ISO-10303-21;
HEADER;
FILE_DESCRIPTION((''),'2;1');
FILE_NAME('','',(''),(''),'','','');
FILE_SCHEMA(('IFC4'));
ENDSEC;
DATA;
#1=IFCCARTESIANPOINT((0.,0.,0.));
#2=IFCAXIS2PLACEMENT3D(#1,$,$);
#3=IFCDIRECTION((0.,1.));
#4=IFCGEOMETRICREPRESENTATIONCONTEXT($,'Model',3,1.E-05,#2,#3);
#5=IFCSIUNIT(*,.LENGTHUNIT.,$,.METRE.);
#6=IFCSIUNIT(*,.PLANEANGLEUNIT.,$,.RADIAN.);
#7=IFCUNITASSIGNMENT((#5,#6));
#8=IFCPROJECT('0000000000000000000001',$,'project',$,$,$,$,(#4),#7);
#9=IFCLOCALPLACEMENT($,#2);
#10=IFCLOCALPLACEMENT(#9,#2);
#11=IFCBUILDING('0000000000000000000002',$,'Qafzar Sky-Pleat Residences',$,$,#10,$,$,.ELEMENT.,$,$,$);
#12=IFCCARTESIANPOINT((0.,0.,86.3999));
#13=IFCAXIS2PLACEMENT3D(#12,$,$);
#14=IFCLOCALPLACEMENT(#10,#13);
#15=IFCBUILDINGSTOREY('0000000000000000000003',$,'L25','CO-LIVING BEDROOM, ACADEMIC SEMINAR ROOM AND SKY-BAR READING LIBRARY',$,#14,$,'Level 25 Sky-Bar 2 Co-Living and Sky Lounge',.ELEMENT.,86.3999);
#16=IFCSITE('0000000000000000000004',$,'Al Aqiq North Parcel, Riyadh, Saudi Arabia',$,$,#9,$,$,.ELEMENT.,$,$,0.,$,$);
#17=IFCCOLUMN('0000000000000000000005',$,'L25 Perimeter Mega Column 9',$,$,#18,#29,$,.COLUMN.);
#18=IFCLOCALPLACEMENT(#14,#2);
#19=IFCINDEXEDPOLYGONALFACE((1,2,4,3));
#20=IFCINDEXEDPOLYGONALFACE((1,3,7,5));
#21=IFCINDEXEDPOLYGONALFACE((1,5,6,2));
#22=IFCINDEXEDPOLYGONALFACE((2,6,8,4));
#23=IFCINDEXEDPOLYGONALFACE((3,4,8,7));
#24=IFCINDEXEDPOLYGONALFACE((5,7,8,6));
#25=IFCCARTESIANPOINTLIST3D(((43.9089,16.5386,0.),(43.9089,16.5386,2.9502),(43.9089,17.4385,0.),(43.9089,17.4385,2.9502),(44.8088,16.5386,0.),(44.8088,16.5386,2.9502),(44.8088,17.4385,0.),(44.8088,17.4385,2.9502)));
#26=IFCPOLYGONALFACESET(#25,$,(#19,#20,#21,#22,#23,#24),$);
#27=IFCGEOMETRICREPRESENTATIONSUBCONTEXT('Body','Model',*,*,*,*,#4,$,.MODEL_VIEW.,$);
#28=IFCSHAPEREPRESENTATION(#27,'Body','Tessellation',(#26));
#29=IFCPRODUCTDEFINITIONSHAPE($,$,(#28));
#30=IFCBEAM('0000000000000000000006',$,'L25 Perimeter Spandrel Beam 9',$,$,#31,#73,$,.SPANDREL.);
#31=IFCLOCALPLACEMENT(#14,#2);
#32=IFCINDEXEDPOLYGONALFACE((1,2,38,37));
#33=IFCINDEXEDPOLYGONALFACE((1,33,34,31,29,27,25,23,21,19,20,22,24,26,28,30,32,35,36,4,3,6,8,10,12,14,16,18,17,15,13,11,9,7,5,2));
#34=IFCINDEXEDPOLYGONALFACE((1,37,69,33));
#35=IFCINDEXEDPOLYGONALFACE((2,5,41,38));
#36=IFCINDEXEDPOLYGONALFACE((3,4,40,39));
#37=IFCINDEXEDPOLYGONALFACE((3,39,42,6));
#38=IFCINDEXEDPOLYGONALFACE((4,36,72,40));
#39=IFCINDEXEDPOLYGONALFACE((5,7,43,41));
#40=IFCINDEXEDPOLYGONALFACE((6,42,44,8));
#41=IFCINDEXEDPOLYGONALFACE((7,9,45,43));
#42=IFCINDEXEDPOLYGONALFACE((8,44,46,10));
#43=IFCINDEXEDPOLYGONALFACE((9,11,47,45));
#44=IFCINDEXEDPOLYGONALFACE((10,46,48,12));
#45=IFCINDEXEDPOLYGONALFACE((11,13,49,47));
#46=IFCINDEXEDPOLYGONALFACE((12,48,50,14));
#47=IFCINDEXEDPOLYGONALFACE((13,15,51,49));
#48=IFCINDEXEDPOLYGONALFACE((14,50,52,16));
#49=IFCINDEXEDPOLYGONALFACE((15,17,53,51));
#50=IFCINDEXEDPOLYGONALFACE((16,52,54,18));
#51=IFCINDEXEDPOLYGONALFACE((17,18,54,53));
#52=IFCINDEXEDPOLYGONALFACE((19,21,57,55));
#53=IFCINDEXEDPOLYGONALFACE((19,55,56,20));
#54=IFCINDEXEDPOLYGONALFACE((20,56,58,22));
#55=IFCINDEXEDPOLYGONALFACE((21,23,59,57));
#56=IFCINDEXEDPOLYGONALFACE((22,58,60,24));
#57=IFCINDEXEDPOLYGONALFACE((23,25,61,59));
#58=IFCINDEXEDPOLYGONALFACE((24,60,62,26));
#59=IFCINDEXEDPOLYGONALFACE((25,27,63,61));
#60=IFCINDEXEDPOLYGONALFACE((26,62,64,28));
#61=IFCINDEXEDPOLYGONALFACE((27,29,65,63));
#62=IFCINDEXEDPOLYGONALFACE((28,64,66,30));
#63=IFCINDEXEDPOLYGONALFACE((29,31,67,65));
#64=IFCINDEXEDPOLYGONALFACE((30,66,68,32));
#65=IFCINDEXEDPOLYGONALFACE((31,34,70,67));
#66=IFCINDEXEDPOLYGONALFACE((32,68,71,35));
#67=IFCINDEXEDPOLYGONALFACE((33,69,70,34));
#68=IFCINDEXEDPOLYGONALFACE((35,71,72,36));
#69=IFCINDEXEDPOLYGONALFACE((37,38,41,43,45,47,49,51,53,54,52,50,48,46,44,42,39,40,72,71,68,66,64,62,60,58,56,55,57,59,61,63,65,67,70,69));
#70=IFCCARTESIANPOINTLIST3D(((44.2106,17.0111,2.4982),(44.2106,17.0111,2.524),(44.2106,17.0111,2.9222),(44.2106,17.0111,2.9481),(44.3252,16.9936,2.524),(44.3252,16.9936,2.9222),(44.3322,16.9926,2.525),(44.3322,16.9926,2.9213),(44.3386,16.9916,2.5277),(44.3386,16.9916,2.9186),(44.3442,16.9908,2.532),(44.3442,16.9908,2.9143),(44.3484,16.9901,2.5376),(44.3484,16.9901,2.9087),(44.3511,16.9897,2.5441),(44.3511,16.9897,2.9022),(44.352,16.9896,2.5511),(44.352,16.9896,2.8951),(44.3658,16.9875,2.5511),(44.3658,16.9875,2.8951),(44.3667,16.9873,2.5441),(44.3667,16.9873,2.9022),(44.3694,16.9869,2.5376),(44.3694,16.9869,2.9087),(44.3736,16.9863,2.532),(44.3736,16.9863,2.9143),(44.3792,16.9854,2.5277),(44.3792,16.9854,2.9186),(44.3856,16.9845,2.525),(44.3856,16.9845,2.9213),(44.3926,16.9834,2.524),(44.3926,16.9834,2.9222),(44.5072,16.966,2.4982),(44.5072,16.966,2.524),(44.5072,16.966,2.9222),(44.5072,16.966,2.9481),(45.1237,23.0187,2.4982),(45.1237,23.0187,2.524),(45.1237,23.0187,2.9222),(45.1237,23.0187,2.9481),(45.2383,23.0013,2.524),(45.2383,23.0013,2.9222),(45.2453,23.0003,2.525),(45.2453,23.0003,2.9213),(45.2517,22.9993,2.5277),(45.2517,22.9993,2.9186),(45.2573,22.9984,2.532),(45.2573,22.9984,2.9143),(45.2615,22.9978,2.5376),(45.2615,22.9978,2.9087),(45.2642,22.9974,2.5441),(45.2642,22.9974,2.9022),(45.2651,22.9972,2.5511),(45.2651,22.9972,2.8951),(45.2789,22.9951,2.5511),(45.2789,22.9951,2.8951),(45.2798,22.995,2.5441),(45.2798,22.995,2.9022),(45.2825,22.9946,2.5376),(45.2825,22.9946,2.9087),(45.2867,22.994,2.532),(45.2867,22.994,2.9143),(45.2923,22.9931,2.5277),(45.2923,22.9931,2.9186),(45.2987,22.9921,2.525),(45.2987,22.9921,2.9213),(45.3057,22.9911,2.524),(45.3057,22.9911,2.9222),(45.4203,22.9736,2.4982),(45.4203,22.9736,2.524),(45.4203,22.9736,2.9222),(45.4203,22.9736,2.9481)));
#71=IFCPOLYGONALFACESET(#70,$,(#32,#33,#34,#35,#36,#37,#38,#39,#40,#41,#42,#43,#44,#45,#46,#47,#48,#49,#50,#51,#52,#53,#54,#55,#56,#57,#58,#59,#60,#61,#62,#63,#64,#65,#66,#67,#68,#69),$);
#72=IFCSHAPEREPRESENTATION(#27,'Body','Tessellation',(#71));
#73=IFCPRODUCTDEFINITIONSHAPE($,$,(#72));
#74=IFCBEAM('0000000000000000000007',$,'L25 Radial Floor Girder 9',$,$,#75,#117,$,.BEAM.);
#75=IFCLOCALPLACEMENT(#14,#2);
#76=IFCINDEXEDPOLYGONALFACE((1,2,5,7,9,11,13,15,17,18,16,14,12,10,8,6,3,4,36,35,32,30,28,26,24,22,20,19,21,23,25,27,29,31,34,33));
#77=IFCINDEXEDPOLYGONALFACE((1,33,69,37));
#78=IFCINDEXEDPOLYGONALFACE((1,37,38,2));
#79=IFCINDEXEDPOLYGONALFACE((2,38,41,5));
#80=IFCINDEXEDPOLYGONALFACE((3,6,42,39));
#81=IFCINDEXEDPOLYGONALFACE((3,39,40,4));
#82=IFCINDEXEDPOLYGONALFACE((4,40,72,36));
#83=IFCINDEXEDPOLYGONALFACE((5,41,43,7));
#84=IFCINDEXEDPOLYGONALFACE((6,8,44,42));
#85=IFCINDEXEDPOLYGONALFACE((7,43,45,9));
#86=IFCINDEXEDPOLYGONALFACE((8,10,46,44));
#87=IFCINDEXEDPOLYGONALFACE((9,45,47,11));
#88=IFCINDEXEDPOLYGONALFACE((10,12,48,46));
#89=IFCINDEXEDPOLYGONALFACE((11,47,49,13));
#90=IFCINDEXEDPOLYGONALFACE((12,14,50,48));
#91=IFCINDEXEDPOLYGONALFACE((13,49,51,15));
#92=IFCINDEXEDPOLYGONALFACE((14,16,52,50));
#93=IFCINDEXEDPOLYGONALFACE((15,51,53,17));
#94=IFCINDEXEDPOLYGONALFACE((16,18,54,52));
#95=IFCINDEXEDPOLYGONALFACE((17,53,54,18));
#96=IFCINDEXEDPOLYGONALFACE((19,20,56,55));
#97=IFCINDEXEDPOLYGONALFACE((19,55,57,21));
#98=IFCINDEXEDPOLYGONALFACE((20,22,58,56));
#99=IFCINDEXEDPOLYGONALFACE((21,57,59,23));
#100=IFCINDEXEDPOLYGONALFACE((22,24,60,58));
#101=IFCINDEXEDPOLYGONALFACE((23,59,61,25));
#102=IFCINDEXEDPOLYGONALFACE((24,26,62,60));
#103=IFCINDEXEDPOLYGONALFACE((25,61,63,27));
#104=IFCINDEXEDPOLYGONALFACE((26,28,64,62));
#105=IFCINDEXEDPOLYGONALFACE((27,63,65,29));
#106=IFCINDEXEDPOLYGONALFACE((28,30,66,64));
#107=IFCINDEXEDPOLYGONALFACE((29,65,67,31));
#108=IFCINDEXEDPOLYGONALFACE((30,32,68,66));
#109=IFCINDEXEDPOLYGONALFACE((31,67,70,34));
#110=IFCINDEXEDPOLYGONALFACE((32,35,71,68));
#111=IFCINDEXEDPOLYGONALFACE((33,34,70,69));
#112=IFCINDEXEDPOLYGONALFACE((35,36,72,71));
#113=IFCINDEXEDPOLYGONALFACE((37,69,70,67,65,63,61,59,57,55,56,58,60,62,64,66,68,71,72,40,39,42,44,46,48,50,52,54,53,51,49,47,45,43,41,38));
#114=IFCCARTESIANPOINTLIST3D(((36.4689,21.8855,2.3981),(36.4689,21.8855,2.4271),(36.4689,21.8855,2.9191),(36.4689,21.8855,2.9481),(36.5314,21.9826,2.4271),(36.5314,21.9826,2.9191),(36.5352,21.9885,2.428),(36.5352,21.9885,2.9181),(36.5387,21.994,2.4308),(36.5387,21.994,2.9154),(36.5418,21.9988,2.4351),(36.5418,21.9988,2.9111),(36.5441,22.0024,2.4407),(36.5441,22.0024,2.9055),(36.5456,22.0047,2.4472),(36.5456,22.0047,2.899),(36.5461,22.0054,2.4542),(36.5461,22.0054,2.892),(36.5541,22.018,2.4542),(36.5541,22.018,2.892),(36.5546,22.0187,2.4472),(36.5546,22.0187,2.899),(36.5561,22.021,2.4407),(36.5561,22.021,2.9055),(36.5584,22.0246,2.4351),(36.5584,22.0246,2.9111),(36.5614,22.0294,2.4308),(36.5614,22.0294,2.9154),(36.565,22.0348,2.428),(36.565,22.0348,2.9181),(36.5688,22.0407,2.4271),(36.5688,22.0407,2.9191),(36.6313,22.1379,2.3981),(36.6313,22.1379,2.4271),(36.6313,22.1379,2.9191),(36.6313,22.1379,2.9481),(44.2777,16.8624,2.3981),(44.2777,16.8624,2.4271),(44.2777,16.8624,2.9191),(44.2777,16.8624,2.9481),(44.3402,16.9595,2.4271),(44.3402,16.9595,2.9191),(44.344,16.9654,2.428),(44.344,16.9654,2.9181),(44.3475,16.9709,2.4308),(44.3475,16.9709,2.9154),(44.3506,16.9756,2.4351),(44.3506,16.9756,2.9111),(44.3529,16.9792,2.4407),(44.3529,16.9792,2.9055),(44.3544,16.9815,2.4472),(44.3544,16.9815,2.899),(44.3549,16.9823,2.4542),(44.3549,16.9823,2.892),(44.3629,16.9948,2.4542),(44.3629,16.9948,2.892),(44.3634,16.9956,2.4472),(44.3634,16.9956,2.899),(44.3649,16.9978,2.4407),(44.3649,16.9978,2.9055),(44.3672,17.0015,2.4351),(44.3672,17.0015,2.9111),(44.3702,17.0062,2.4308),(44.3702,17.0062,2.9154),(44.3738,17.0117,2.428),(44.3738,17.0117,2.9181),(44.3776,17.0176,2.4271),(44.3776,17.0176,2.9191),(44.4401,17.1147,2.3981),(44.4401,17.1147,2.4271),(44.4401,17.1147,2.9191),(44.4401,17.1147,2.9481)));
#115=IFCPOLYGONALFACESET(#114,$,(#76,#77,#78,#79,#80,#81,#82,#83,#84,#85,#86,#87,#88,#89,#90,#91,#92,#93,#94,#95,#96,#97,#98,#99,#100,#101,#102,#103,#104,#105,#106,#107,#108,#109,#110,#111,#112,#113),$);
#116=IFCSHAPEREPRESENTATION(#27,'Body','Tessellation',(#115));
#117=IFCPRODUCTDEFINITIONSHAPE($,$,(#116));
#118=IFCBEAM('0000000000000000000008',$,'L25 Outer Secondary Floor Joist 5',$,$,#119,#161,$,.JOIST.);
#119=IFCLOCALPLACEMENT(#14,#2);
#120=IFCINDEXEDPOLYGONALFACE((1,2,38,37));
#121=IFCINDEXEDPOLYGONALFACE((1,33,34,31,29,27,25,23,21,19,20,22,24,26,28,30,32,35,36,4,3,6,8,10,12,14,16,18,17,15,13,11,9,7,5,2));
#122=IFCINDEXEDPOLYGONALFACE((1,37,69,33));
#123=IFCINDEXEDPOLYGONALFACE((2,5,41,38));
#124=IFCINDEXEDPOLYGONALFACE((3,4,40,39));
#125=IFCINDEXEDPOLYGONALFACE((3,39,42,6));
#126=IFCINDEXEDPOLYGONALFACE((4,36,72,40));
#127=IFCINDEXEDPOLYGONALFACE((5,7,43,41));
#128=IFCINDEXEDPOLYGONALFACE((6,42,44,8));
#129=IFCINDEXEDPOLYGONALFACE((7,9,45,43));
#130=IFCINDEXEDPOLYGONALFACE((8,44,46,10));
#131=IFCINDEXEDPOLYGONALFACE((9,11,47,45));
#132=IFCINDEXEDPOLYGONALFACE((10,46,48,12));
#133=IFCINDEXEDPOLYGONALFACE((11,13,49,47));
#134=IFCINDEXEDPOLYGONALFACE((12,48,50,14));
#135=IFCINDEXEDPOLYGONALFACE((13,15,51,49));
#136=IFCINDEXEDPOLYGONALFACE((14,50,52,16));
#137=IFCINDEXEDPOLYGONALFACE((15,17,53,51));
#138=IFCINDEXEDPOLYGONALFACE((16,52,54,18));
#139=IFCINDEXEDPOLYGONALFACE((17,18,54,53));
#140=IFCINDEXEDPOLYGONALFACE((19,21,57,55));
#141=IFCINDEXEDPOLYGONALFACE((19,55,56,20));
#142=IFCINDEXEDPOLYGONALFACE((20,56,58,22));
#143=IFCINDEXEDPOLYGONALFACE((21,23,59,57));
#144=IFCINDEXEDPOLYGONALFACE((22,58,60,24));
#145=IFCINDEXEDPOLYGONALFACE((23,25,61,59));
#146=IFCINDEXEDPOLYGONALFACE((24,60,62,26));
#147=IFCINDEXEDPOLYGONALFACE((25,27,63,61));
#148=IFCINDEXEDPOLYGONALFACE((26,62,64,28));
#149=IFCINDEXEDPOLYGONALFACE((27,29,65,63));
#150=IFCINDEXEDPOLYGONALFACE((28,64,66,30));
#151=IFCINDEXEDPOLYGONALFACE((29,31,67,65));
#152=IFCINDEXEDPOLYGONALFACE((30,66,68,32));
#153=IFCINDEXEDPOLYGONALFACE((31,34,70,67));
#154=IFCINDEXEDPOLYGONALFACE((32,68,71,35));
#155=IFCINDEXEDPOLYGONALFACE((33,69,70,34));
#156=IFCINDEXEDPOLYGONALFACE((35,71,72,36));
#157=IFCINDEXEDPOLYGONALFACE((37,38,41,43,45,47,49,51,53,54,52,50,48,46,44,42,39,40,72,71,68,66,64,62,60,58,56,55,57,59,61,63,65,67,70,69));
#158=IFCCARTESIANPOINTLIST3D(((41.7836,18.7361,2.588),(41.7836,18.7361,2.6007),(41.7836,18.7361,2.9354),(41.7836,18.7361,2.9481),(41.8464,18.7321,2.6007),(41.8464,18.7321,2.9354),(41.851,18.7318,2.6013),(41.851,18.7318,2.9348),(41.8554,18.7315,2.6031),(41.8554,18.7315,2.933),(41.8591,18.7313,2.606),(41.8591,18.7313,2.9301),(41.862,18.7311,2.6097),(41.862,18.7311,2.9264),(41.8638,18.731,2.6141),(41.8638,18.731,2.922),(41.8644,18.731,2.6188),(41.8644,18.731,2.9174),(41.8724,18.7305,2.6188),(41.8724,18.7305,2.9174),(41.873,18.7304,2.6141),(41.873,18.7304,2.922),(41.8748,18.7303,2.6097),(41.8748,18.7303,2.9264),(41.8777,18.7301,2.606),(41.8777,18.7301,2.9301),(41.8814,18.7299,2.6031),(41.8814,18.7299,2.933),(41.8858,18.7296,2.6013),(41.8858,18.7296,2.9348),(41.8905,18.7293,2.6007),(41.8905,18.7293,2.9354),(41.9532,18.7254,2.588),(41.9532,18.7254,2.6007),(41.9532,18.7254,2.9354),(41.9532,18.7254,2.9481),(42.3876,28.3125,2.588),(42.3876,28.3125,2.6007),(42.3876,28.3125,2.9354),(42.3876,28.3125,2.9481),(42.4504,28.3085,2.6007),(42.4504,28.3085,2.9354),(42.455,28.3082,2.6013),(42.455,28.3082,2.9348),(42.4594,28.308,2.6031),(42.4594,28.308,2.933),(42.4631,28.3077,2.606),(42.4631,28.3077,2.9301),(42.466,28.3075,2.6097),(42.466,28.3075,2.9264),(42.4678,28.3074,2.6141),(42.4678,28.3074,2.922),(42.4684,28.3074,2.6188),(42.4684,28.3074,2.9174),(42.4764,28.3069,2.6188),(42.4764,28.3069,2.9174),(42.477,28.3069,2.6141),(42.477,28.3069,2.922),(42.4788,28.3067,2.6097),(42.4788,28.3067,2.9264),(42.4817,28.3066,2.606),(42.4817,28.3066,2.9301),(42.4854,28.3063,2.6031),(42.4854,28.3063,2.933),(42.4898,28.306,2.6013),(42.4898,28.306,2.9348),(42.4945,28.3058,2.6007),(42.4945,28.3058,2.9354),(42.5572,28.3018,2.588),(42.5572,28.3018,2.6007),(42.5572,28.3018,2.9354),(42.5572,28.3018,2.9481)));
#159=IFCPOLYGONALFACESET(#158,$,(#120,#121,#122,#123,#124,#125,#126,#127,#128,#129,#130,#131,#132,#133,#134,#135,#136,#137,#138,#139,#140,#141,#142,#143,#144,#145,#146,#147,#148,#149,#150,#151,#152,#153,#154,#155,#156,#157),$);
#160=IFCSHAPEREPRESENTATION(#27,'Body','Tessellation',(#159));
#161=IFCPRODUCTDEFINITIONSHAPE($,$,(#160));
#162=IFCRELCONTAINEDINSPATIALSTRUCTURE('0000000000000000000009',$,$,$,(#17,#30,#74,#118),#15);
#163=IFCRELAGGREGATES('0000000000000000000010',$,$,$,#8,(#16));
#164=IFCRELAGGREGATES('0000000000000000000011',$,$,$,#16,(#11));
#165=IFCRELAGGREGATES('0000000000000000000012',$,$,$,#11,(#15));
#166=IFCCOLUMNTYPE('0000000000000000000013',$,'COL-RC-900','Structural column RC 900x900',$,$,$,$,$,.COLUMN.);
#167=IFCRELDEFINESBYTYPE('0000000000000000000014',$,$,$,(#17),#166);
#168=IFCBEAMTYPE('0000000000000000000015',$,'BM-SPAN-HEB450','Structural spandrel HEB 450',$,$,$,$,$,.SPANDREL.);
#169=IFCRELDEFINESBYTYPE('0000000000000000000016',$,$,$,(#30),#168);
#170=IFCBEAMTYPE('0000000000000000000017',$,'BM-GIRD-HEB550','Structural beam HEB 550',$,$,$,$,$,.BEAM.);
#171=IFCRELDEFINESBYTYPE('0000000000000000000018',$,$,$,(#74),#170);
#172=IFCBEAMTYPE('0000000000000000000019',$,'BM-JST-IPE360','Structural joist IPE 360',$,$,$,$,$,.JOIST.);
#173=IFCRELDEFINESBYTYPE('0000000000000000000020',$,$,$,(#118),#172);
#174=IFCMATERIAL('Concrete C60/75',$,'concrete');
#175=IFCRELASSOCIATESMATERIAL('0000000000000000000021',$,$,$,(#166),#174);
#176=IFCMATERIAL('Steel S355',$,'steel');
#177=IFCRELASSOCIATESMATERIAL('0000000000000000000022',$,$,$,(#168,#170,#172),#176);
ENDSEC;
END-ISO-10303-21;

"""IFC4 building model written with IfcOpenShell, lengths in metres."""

from ifc_helpers import new_model, si_unit, direction, frame, origin, origin_2d, place, context, subcontext, project, spatial, rectangle, i_section, extrude, source, transform, mapped, material, material_profile, profile_set, type_object, element, save


model = new_model("IFC4")

# Units and contexts
model_context = context("Model", 3, precision=1e-05, world=origin(), true_north=direction((0.0, 1.0)))
body_context = subcontext(model_context, "Body", "Model", "MODEL_VIEW")
ifc_project = project(units=[si_unit("LENGTHUNIT", "METRE"), si_unit("PLANEANGLEUNIT", "RADIAN")], contexts=[model_context])

# Site, building, storey
site_placement = place(None, origin())
site = spatial("IfcSite", under=ifc_project, at=site_placement, Name="Al Aqiq North Parcel, Riyadh, Saudi Arabia", CompositionType="ELEMENT", RefElevation=0.0)
building_placement = place(site_placement, origin())
building = spatial("IfcBuilding", under=site, at=building_placement, Name="Qafzar Sky-Pleat Residences", CompositionType="ELEMENT")
storey_placement = place(building_placement, frame((0.0, 0.0, 86.3999)))
storey = spatial("IfcBuildingStorey", under=building, at=storey_placement, Name="L25", Description="CO-LIVING BEDROOM, ACADEMIC SEMINAR ROOM AND SKY-BAR READING LIBRARY", LongName="Level 25 Sky-Bar 2 Co-Living and Sky Lounge", CompositionType="ELEMENT", Elevation=86.3999)

# Column
ifc_material_1 = material(Name="Concrete C60/75", Category="concrete")
ifc_material_profile_1 = material_profile(ifc_material_1, rectangle(XDim=0.8999, YDim=0.8999, at=origin_2d()), Name="RC 900x900")
ifc_profile_set_1 = profile_set([ifc_material_profile_1], Name="Concrete C60/75")
column_type = type_object("IfcColumnType", Name="COL-RC-900", Description="Structural column RC 900x900", PredefinedType="COLUMN", material=ifc_profile_set_1)
shared_shape_1 = source(origin(), body_context, "Body", "SweptSolid", [
    extrude(rectangle(XDim=0.8999, YDim=0.8999, at=origin_2d()), origin(), (0.0, 0.0, 1.0), 2.9502),
])
column_placement = place(storey_placement, frame((44.3589, 16.9885, 0.0), z_axis=(0.0, 0.0, 1.0), x_axis=(1.0, 0.0, 0.0)))
element("IfcColumn", 1, at=column_placement, inside=storey, type_object=column_type, Name="L25 Perimeter Mega Column 9", PredefinedType="COLUMN", context=body_context, shape_type="MappedRepresentation", body=[
    mapped(shared_shape_1, transform((0.0, 0.0, 0.0), x_axis=(1.0, 0.0, 0.0), y_axis=(0.0, 1.0, 0.0), z_axis=(0.0, 0.0, 1.0), scale=1.0)),
])

# Beams
ifc_material_2 = material(Name="Steel S355", Category="steel")
ifc_material_profile_2 = material_profile(ifc_material_2, i_section(OverallWidth=0.3, OverallDepth=0.45, WebThickness=0.0139, FlangeThickness=0.0259, FilletRadius=0.0271, at=origin_2d()), Name="HEB 450")
ifc_profile_set_2 = profile_set([ifc_material_profile_2], Name="Steel S355")
beam_type_1 = type_object("IfcBeamType", Name="BM-SPAN-HEB450", Description="Structural spandrel HEB 450", PredefinedType="SPANDREL", material=ifc_profile_set_2)
shared_shape_2 = source(origin(), body_context, "Body", "SweptSolid", [
    extrude(i_section(OverallWidth=0.3, OverallDepth=0.45, WebThickness=0.0139, FlangeThickness=0.0259, FilletRadius=0.0271, at=origin_2d()), origin(), (0.0, 0.0, 1.0), 6.0767),
])
beam_1_placement = place(storey_placement, frame((44.3589, 16.9885, 2.7231), z_axis=(0.150264, 0.988646, 0.0), x_axis=(-0.988646, 0.150264, 0.0)))
element("IfcBeam", 2, at=beam_1_placement, inside=storey, type_object=beam_type_1, Name="L25 Perimeter Spandrel Beam 9", PredefinedType="SPANDREL", context=body_context, shape_type="MappedRepresentation", body=[
    mapped(shared_shape_2, transform((0.0, 0.0, 0.0), x_axis=(1.0, 0.0, 0.0), y_axis=(0.0, 1.0, 0.0), z_axis=(0.0, 0.0, 1.0), scale=1.0)),
])
ifc_material_profile_3 = material_profile(ifc_material_2, i_section(OverallWidth=0.3, OverallDepth=0.55, WebThickness=0.0149, FlangeThickness=0.0291, FilletRadius=0.0271, at=origin_2d()), Name="HEB 550")
ifc_profile_set_3 = profile_set([ifc_material_profile_3], Name="Steel S355")
beam_type_2 = type_object("IfcBeamType", Name="BM-GIRD-HEB550", Description="Structural beam HEB 550", PredefinedType="BEAM", material=ifc_profile_set_3)
shared_shape_3 = source(origin(), body_context, "Body", "SweptSolid", [
    extrude(i_section(OverallWidth=0.3, OverallDepth=0.55, WebThickness=0.0149, FlangeThickness=0.0291, FilletRadius=0.0271, at=origin_2d()), origin(), (0.0, 0.0, 1.0), 9.2849),
])
beam_2_placement = place(storey_placement, frame((44.3589, 16.9885, 2.6731), z_axis=(-0.84102, 0.541003, 0.0), x_axis=(-0.541003, -0.84102, 0.0)))
element("IfcBeam", 3, at=beam_2_placement, inside=storey, type_object=beam_type_2, Name="L25 Radial Floor Girder 9", PredefinedType="BEAM", context=body_context, shape_type="MappedRepresentation", body=[
    mapped(shared_shape_3, transform((0.0, 0.0, 0.0), x_axis=(1.0, 0.0, 0.0), y_axis=(0.0, 1.0, 0.0), z_axis=(0.0, 0.0, 1.0), scale=1.0)),
])
ifc_material_profile_4 = material_profile(ifc_material_2, i_section(OverallWidth=0.1699, OverallDepth=0.3601, WebThickness=0.0081, FlangeThickness=0.0127, FilletRadius=0.0181, at=origin_2d()), Name="IPE 360")
ifc_profile_set_4 = profile_set([ifc_material_profile_4], Name="Steel S355")
beam_type_3 = type_object("IfcBeamType", Name="BM-JST-IPE360", Description="Structural joist IPE 360", PredefinedType="JOIST", material=ifc_profile_set_4)
shared_shape_4 = source(origin(), body_context, "Body", "SweptSolid", [
    extrude(i_section(OverallWidth=0.1699, OverallDepth=0.3601, WebThickness=0.0081, FlangeThickness=0.0127, FilletRadius=0.0181, at=origin_2d()), origin(), (0.0, 0.0, 1.0), 9.5955),
])
beam_3_placement = place(storey_placement, frame((41.8684, 18.7307, 2.7681), z_axis=(0.062947, 0.998017, 0.0), x_axis=(-0.998017, 0.062947, 0.0)))
element("IfcBeam", 4, at=beam_3_placement, inside=storey, type_object=beam_type_3, Name="L25 Outer Secondary Floor Joist 5", PredefinedType="JOIST", context=body_context, shape_type="MappedRepresentation", body=[
    mapped(shared_shape_4, transform((0.0, 0.0, 0.0), x_axis=(1.0, 0.0, 0.0), y_axis=(0.0, 1.0, 0.0), z_axis=(0.0, 0.0, 1.0), scale=1.0)),
])

save(model, "model.ifc")
